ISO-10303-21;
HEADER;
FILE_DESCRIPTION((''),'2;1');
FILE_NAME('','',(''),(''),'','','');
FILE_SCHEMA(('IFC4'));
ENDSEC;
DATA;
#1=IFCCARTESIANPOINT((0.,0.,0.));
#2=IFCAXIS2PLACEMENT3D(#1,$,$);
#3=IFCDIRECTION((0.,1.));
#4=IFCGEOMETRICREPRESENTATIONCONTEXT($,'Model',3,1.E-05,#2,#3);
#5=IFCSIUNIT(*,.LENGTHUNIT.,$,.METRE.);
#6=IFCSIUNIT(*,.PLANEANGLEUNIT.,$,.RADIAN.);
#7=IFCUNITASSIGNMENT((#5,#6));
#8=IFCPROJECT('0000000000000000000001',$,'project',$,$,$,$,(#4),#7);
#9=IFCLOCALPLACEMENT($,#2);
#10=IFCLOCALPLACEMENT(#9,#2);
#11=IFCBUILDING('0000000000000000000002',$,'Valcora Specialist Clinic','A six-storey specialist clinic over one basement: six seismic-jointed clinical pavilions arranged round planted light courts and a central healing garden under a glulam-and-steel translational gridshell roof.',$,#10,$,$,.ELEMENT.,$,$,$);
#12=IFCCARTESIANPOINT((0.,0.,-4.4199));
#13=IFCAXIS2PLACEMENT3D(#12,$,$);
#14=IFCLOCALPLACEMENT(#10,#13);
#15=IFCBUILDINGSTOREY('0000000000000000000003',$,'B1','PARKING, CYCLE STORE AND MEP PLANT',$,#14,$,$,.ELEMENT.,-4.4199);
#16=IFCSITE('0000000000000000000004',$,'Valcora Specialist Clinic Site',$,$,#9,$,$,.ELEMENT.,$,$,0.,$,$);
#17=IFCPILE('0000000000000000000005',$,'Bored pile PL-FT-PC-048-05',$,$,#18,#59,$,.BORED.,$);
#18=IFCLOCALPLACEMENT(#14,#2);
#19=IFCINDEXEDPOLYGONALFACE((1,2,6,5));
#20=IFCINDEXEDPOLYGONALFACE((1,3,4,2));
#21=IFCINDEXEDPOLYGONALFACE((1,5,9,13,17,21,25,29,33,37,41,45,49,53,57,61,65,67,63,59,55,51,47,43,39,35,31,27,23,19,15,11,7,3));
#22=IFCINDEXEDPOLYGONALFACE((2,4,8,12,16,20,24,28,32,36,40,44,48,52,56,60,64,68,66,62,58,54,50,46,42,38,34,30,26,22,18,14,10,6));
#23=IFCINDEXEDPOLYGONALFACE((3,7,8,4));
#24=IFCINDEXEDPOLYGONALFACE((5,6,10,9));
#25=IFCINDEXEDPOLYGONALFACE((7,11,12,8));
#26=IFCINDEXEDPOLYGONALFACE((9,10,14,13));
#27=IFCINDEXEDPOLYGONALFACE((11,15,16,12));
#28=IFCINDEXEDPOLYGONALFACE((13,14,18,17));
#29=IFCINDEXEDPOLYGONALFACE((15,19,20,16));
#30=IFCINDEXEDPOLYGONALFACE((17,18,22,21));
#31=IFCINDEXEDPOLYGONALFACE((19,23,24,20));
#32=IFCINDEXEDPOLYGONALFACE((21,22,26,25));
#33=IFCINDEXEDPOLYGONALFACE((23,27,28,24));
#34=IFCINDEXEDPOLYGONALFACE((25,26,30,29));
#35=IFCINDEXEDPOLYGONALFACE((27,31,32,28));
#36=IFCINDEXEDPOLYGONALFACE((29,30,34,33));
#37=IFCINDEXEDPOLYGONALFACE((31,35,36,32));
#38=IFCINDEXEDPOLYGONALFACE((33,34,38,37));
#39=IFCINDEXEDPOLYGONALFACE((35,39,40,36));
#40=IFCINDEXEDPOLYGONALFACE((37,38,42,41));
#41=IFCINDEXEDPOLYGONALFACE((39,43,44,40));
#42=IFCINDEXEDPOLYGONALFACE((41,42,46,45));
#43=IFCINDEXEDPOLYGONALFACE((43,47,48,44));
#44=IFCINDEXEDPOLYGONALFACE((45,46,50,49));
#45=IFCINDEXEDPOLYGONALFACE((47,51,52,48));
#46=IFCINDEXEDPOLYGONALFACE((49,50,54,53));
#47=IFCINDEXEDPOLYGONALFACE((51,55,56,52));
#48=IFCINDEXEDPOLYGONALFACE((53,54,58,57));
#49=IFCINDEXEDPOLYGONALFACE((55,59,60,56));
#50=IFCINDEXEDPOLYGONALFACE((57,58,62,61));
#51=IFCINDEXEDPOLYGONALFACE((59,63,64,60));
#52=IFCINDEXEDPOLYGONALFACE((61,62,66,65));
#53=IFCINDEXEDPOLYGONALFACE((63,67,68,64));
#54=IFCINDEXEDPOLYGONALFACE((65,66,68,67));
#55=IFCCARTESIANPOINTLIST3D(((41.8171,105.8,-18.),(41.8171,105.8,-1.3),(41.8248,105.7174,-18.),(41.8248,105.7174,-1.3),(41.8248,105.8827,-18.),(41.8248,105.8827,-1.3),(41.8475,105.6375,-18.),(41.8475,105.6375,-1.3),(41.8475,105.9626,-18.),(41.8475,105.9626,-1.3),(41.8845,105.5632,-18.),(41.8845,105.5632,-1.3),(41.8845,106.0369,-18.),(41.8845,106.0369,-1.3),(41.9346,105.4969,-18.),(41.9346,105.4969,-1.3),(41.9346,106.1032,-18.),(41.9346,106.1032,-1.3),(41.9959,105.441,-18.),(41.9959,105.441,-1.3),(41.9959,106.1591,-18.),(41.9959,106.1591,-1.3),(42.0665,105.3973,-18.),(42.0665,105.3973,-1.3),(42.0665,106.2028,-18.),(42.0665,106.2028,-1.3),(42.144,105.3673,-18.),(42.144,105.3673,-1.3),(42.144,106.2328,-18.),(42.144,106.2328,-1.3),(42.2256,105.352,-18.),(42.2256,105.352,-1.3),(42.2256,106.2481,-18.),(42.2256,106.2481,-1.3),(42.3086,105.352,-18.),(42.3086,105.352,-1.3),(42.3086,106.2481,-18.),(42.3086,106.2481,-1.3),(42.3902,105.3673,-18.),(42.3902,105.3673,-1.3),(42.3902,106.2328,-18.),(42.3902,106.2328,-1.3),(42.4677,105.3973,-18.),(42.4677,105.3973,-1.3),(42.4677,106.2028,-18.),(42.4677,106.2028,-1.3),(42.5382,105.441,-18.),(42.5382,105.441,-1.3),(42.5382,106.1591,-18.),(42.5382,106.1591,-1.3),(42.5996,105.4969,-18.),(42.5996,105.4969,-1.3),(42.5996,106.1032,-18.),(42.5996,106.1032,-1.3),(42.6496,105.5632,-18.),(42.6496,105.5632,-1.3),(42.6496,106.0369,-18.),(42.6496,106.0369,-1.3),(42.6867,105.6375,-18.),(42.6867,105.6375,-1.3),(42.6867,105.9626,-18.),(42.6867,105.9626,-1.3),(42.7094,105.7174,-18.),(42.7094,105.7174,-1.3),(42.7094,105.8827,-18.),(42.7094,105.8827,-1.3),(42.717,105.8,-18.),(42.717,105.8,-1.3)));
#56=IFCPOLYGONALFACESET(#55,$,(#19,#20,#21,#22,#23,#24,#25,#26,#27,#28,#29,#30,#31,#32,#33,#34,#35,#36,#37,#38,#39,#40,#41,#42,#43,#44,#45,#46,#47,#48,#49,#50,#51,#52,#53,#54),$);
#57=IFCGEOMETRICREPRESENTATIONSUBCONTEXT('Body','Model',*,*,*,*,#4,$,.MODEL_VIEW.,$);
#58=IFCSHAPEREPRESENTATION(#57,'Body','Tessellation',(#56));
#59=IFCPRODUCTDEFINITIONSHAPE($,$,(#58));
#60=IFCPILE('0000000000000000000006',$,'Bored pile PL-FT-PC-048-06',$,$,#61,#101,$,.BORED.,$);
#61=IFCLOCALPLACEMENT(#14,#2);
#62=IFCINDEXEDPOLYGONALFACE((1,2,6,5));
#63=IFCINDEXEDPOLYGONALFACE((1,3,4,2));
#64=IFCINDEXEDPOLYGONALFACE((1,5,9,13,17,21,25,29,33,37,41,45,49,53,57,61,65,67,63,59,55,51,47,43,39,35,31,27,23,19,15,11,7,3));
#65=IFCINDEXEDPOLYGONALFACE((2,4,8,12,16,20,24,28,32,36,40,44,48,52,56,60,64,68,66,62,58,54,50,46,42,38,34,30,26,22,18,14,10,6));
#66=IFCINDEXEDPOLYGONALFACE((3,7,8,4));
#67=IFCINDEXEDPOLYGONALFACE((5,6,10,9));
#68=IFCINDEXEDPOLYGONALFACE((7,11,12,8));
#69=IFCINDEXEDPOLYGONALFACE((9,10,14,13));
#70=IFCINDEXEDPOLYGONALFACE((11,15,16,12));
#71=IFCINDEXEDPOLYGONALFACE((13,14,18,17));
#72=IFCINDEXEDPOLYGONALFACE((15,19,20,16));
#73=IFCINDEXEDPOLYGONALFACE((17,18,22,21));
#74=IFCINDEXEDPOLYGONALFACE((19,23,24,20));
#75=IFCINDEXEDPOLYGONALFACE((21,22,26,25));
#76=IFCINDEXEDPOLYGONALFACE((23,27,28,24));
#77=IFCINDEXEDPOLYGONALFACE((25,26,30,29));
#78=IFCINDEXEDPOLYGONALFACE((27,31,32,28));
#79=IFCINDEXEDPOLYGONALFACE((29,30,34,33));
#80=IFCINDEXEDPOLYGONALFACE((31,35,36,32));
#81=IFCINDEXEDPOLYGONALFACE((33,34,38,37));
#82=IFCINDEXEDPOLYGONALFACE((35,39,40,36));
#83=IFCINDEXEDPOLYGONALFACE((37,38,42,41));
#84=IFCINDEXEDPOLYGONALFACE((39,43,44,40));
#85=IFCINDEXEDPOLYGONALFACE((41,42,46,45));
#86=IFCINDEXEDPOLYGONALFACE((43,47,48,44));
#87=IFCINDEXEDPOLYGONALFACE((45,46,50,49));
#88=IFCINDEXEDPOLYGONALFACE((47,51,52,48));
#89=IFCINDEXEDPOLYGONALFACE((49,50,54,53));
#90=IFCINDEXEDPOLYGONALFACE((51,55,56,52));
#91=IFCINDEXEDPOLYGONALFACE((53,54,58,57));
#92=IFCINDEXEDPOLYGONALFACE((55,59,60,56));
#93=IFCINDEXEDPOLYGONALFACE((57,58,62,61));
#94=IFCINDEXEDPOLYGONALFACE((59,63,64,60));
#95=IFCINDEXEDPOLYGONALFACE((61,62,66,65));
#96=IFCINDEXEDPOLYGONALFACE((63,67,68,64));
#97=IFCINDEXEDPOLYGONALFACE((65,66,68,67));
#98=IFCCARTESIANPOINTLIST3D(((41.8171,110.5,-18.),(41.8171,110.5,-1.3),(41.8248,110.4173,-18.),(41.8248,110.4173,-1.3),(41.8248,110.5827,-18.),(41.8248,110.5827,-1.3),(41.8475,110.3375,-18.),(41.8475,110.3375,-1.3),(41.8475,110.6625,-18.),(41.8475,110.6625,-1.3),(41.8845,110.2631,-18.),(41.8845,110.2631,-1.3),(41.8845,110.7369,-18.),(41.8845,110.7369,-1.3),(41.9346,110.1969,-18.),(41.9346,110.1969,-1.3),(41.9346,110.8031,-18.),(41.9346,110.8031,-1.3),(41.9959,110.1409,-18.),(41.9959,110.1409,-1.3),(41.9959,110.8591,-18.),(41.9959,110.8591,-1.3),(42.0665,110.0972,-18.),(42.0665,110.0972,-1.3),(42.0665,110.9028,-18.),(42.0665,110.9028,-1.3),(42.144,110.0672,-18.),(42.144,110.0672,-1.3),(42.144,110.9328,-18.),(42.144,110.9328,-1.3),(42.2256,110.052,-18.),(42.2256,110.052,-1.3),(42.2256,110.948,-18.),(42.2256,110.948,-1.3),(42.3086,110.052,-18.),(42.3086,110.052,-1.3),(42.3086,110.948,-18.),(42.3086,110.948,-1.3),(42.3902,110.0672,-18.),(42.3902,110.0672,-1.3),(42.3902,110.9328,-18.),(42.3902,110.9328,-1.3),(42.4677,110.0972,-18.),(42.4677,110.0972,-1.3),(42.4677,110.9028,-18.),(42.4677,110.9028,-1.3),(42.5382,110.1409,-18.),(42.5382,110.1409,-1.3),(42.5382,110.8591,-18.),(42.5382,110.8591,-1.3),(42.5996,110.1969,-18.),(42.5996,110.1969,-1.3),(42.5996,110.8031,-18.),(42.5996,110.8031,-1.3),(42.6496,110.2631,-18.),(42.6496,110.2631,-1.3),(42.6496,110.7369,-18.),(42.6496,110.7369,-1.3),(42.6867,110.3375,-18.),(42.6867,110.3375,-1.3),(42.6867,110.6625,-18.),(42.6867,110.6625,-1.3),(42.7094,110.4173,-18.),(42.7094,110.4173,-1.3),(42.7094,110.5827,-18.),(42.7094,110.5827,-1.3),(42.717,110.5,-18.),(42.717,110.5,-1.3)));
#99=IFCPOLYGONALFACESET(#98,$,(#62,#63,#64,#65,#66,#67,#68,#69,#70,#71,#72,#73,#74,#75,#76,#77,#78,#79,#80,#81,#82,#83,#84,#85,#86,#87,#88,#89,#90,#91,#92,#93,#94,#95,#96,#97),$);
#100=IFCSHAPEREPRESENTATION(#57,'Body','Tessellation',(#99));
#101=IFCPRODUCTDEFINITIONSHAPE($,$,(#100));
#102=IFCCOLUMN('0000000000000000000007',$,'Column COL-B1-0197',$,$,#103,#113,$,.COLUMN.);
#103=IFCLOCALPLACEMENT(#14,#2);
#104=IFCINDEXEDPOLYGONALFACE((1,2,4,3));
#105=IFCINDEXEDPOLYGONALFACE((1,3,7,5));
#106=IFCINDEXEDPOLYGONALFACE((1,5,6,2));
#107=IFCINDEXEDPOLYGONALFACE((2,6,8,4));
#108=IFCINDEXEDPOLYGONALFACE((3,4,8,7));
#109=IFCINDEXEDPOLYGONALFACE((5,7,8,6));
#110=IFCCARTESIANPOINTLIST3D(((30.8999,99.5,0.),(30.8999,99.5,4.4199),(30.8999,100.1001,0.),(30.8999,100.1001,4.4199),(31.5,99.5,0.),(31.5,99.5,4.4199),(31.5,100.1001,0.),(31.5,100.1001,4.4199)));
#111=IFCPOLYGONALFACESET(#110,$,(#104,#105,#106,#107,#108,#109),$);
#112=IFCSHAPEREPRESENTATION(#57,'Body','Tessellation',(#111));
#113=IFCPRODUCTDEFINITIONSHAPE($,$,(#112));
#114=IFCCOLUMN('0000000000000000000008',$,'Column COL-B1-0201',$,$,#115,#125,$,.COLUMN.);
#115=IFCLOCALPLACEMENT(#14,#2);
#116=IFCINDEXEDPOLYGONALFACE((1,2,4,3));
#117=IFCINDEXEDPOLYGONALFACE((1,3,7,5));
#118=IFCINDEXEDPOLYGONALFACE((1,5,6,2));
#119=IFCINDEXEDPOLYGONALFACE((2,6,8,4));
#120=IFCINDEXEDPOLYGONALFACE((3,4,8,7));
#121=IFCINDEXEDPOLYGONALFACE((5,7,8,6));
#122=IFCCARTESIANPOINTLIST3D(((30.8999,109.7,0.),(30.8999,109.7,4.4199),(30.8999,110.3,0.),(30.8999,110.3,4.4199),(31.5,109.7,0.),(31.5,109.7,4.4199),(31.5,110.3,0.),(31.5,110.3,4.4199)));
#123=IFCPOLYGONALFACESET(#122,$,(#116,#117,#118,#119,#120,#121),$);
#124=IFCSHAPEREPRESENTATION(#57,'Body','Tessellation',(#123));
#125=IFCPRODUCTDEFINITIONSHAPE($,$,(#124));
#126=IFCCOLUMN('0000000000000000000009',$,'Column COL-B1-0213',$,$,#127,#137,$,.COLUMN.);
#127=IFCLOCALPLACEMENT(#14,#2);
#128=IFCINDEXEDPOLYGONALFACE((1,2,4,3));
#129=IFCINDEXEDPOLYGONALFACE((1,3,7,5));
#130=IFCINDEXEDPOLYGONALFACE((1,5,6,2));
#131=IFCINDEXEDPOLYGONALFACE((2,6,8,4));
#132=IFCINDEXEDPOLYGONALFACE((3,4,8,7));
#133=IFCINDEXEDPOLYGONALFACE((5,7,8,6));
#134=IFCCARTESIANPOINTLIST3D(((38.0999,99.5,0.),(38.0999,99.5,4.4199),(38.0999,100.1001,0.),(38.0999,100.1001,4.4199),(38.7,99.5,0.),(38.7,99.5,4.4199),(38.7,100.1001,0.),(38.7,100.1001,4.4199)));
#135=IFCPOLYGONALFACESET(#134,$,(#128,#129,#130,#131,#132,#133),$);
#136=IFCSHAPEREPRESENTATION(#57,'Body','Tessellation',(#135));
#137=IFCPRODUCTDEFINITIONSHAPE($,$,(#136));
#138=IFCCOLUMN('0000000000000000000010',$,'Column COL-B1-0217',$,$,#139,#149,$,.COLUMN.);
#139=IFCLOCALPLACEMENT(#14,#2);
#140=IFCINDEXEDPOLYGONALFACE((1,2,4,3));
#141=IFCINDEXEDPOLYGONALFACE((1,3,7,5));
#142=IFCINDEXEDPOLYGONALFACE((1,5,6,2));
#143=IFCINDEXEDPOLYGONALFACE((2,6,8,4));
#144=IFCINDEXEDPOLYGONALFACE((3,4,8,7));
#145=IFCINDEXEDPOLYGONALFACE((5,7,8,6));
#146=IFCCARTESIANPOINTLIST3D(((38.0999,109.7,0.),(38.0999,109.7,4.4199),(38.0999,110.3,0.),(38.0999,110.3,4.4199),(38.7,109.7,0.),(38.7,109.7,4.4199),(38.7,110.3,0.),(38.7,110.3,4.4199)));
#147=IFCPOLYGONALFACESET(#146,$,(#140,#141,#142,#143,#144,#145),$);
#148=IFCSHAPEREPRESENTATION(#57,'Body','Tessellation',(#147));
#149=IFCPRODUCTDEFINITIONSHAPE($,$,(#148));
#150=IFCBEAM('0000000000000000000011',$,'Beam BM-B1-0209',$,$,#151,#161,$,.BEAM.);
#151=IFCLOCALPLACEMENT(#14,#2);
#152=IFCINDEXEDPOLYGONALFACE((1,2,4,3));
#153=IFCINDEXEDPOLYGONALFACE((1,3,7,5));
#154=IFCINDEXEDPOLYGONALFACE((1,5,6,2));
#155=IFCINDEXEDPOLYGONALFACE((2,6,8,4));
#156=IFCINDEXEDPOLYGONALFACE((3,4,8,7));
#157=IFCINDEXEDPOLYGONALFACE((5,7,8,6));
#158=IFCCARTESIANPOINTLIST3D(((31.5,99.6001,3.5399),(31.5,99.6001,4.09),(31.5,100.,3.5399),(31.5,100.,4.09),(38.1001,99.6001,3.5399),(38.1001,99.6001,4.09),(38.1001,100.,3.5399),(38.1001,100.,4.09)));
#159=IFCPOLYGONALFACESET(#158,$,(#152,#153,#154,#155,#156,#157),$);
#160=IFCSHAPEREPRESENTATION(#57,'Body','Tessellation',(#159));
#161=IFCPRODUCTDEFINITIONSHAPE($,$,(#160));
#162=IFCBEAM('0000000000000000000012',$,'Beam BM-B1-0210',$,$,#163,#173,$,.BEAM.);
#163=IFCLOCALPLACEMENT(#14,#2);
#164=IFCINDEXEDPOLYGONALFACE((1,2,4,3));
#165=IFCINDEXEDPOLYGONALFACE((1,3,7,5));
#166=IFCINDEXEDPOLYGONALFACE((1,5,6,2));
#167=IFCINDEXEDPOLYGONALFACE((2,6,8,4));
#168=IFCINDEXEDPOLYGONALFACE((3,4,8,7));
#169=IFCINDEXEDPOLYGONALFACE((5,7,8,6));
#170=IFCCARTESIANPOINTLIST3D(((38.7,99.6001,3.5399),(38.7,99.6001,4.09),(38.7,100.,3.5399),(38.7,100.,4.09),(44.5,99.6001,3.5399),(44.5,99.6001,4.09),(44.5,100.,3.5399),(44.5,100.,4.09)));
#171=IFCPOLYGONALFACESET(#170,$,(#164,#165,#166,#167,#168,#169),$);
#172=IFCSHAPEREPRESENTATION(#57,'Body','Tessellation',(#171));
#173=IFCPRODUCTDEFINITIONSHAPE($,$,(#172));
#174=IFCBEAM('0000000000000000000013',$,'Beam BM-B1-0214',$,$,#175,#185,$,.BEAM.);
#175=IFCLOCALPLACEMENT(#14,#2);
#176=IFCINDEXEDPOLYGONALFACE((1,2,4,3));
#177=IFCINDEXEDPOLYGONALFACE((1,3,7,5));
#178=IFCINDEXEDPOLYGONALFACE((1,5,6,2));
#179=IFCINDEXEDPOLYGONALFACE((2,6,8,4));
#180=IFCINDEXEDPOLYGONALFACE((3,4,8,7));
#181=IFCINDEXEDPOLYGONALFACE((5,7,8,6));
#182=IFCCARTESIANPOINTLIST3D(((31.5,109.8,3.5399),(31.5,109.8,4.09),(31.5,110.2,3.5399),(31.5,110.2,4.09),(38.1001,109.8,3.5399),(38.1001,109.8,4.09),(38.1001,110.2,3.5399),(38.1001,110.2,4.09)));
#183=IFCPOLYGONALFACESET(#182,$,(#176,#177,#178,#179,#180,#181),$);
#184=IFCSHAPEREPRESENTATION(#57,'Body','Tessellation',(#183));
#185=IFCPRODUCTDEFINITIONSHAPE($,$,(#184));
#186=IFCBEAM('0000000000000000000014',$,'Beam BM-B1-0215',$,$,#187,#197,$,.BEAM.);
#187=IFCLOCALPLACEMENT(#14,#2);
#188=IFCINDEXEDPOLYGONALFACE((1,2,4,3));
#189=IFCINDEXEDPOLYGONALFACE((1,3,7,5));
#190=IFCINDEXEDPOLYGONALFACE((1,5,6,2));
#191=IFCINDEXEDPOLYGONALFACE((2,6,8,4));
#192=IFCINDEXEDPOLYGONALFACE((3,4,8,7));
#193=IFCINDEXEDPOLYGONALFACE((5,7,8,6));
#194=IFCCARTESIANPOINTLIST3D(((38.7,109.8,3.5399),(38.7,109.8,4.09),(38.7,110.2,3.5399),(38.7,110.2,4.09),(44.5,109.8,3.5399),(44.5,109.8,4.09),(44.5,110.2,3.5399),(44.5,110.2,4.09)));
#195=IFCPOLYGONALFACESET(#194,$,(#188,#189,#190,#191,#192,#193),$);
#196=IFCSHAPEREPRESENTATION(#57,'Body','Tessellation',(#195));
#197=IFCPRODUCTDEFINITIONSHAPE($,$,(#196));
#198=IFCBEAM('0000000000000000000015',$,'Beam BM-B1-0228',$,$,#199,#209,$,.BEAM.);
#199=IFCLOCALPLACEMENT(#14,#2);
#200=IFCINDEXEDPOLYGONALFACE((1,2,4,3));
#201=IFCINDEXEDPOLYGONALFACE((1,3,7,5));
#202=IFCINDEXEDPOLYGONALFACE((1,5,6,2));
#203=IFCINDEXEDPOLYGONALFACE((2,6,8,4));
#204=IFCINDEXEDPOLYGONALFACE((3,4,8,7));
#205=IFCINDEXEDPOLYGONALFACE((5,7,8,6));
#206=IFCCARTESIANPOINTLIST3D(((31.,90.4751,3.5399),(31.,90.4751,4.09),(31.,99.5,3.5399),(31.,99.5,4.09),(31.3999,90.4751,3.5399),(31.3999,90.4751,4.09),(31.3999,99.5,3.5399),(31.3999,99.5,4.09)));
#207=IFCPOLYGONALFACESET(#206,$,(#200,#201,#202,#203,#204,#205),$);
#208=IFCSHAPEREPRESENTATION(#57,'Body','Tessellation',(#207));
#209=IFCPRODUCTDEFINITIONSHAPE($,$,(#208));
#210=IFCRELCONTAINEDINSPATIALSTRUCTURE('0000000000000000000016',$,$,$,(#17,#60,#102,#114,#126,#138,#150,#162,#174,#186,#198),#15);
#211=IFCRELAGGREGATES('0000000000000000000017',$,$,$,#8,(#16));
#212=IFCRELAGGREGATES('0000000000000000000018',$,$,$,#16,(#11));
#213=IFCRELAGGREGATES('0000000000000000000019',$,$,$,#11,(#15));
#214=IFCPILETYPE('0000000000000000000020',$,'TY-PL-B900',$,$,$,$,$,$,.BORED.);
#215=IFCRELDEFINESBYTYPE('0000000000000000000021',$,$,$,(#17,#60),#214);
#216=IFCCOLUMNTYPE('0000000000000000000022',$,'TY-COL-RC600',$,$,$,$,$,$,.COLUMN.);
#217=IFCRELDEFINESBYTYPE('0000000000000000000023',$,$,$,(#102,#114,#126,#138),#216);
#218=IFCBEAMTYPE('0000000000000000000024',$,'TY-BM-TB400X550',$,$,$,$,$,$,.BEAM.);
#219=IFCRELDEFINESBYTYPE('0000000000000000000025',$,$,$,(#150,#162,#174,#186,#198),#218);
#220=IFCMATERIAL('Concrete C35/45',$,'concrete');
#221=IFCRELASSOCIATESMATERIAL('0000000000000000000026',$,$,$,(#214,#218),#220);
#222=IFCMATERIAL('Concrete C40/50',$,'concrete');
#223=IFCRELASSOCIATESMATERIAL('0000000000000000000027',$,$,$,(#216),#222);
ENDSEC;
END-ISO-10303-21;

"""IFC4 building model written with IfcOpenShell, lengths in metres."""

from ifc_helpers import new_model, si_unit, direction, frame, origin, origin_2d, place, context, subcontext, project, spatial, rectangle, circle, extrude, material, material_profile, profile_set, type_object, element, save


model = new_model("IFC4")

# Units and contexts
model_context = context("Model", 3, precision=1e-05, world=origin(), true_north=direction((0.0, 1.0)))
body_context = subcontext(model_context, "Body", "Model", "MODEL_VIEW")
ifc_project = project(units=[si_unit("LENGTHUNIT", "METRE"), si_unit("PLANEANGLEUNIT", "RADIAN")], contexts=[model_context])

# Site, building, storey
site_placement = place(None, origin())
site = spatial("IfcSite", under=ifc_project, at=site_placement, Name="Valcora Specialist Clinic Site", CompositionType="ELEMENT", RefElevation=0.0)
building_placement = place(site_placement, origin())
building = spatial("IfcBuilding", under=site, at=building_placement, Name="Valcora Specialist Clinic", Description="A six-storey specialist clinic over one basement: six seismic-jointed clinical pavilions arranged round planted light courts and a central healing garden under a glulam-and-steel translational gridshell roof.", CompositionType="ELEMENT")
storey_placement = place(building_placement, frame((0.0, 0.0, -4.4199)))
storey = spatial("IfcBuildingStorey", under=building, at=storey_placement, Name="B1", Description="PARKING, CYCLE STORE AND MEP PLANT", CompositionType="ELEMENT", Elevation=-4.4199)

# Shared definitions
ifc_material_1 = material(Name="Concrete C35/45", Category="concrete")

# Piles
ifc_material_profile_1 = material_profile(ifc_material_1, circle(Radius=0.45, at=origin_2d()), Name="RC-PIL-D900")
ifc_profile_set_1 = profile_set([ifc_material_profile_1], Name="Concrete C35/45")
pile_type = type_object("IfcPileType", Name="TY-PL-B900", PredefinedType="BORED", material=ifc_profile_set_1)
for number, where, z_axis, x_axis, name in (
    (1, (42.2671, 105.8, -1.3), (0.0, 0.0, -1.0), (1.0, 0.0, 0.0), "Bored pile PL-FT-PC-048-05"),
    (2, (42.2671, 110.5, -1.3), (0.0, 0.0, -1.0), (1.0, 0.0, 0.0), "Bored pile PL-FT-PC-048-06"),
):
    element("IfcPile", number, at=place(storey_placement, frame(where, z_axis=z_axis, x_axis=x_axis)), inside=storey, type_object=pile_type, Name=name, PredefinedType="BORED", context=body_context, shape_type="SweptSolid", body=[
        extrude(circle(Radius=0.45, at=origin_2d()), origin(), (0.0, 0.0, 1.0), 16.7),
    ])

# Columns
ifc_material_2 = material(Name="Concrete C40/50", Category="concrete")
ifc_material_profile_2 = material_profile(ifc_material_2, rectangle(XDim=0.6001, YDim=0.6001, at=origin_2d()), Name="RC-COL-600X600")
ifc_profile_set_2 = profile_set([ifc_material_profile_2], Name="Concrete C40/50")
column_type = type_object("IfcColumnType", Name="TY-COL-RC600", PredefinedType="COLUMN", material=ifc_profile_set_2)
for number, where, z_axis, x_axis, name in (
    (3, (31.2, 99.8, 0.0), (0.0, 0.0, 1.0), (1.0, 0.0, 0.0), "Column COL-B1-0197"),
    (4, (31.2, 110.0, 0.0), (0.0, 0.0, 1.0), (1.0, 0.0, 0.0), "Column COL-B1-0201"),
    (5, (38.3999, 99.8, 0.0), (0.0, 0.0, 1.0), (1.0, 0.0, 0.0), "Column COL-B1-0213"),
    (6, (38.3999, 110.0, 0.0), (0.0, 0.0, 1.0), (1.0, 0.0, 0.0), "Column COL-B1-0217"),
):
    element("IfcColumn", number, at=place(storey_placement, frame(where, z_axis=z_axis, x_axis=x_axis)), inside=storey, type_object=column_type, Name=name, PredefinedType="COLUMN", context=body_context, shape_type="SweptSolid", body=[
        extrude(rectangle(XDim=0.6001, YDim=0.6001, at=origin_2d()), origin(), (0.0, 0.0, 1.0), 4.4199),
    ])

# Beams
ifc_material_profile_3 = material_profile(ifc_material_1, rectangle(XDim=0.3999, YDim=0.55, at=origin_2d()), Name="RC-TB-400X550")
ifc_profile_set_3 = profile_set([ifc_material_profile_3], Name="Concrete C35/45")
beam_type = type_object("IfcBeamType", Name="TY-BM-TB400X550", PredefinedType="BEAM", material=ifc_profile_set_3)
beam_1_placement = place(storey_placement, frame((31.5, 99.8, 3.8149), z_axis=(1.0, 0.0, 0.0), x_axis=(0.0, 1.0, 0.0)))
element("IfcBeam", 7, at=beam_1_placement, inside=storey, type_object=beam_type, Name="Beam BM-B1-0209", PredefinedType="BEAM", context=body_context, shape_type="SweptSolid", body=[
    extrude(rectangle(XDim=0.3999, YDim=0.55, at=origin_2d()), origin(), (0.0, 0.0, 1.0), 6.6001),
])
beam_2_placement = place(storey_placement, frame((38.7, 99.8, 3.8149), z_axis=(1.0, 0.0, 0.0), x_axis=(0.0, 1.0, 0.0)))
element("IfcBeam", 8, at=beam_2_placement, inside=storey, type_object=beam_type, Name="Beam BM-B1-0210", PredefinedType="BEAM", context=body_context, shape_type="SweptSolid", body=[
    extrude(rectangle(XDim=0.3999, YDim=0.55, at=origin_2d()), origin(), (0.0, 0.0, 1.0), 5.8),
])
beam_3_placement = place(storey_placement, frame((31.5, 110.0, 3.8149), z_axis=(1.0, 0.0, 0.0), x_axis=(0.0, 1.0, 0.0)))
element("IfcBeam", 9, at=beam_3_placement, inside=storey, type_object=beam_type, Name="Beam BM-B1-0214", PredefinedType="BEAM", context=body_context, shape_type="SweptSolid", body=[
    extrude(rectangle(XDim=0.3999, YDim=0.55, at=origin_2d()), origin(), (0.0, 0.0, 1.0), 6.6001),
])
beam_4_placement = place(storey_placement, frame((38.7, 110.0, 3.8149), z_axis=(1.0, 0.0, 0.0), x_axis=(0.0, 1.0, 0.0)))
element("IfcBeam", 10, at=beam_4_placement, inside=storey, type_object=beam_type, Name="Beam BM-B1-0215", PredefinedType="BEAM", context=body_context, shape_type="SweptSolid", body=[
    extrude(rectangle(XDim=0.3999, YDim=0.55, at=origin_2d()), origin(), (0.0, 0.0, 1.0), 5.8),
])
beam_5_placement = place(storey_placement, frame((31.2, 90.4751, 3.8149), z_axis=(0.0, 1.0, 0.0), x_axis=(-1.0, 0.0, 0.0)))
element("IfcBeam", 11, at=beam_5_placement, inside=storey, type_object=beam_type, Name="Beam BM-B1-0228", PredefinedType="BEAM", context=body_context, shape_type="SweptSolid", body=[
    extrude(rectangle(XDim=0.3999, YDim=0.55, at=origin_2d()), origin(), (0.0, 0.0, 1.0), 9.0249),
])

save(model, "model.ifc")
